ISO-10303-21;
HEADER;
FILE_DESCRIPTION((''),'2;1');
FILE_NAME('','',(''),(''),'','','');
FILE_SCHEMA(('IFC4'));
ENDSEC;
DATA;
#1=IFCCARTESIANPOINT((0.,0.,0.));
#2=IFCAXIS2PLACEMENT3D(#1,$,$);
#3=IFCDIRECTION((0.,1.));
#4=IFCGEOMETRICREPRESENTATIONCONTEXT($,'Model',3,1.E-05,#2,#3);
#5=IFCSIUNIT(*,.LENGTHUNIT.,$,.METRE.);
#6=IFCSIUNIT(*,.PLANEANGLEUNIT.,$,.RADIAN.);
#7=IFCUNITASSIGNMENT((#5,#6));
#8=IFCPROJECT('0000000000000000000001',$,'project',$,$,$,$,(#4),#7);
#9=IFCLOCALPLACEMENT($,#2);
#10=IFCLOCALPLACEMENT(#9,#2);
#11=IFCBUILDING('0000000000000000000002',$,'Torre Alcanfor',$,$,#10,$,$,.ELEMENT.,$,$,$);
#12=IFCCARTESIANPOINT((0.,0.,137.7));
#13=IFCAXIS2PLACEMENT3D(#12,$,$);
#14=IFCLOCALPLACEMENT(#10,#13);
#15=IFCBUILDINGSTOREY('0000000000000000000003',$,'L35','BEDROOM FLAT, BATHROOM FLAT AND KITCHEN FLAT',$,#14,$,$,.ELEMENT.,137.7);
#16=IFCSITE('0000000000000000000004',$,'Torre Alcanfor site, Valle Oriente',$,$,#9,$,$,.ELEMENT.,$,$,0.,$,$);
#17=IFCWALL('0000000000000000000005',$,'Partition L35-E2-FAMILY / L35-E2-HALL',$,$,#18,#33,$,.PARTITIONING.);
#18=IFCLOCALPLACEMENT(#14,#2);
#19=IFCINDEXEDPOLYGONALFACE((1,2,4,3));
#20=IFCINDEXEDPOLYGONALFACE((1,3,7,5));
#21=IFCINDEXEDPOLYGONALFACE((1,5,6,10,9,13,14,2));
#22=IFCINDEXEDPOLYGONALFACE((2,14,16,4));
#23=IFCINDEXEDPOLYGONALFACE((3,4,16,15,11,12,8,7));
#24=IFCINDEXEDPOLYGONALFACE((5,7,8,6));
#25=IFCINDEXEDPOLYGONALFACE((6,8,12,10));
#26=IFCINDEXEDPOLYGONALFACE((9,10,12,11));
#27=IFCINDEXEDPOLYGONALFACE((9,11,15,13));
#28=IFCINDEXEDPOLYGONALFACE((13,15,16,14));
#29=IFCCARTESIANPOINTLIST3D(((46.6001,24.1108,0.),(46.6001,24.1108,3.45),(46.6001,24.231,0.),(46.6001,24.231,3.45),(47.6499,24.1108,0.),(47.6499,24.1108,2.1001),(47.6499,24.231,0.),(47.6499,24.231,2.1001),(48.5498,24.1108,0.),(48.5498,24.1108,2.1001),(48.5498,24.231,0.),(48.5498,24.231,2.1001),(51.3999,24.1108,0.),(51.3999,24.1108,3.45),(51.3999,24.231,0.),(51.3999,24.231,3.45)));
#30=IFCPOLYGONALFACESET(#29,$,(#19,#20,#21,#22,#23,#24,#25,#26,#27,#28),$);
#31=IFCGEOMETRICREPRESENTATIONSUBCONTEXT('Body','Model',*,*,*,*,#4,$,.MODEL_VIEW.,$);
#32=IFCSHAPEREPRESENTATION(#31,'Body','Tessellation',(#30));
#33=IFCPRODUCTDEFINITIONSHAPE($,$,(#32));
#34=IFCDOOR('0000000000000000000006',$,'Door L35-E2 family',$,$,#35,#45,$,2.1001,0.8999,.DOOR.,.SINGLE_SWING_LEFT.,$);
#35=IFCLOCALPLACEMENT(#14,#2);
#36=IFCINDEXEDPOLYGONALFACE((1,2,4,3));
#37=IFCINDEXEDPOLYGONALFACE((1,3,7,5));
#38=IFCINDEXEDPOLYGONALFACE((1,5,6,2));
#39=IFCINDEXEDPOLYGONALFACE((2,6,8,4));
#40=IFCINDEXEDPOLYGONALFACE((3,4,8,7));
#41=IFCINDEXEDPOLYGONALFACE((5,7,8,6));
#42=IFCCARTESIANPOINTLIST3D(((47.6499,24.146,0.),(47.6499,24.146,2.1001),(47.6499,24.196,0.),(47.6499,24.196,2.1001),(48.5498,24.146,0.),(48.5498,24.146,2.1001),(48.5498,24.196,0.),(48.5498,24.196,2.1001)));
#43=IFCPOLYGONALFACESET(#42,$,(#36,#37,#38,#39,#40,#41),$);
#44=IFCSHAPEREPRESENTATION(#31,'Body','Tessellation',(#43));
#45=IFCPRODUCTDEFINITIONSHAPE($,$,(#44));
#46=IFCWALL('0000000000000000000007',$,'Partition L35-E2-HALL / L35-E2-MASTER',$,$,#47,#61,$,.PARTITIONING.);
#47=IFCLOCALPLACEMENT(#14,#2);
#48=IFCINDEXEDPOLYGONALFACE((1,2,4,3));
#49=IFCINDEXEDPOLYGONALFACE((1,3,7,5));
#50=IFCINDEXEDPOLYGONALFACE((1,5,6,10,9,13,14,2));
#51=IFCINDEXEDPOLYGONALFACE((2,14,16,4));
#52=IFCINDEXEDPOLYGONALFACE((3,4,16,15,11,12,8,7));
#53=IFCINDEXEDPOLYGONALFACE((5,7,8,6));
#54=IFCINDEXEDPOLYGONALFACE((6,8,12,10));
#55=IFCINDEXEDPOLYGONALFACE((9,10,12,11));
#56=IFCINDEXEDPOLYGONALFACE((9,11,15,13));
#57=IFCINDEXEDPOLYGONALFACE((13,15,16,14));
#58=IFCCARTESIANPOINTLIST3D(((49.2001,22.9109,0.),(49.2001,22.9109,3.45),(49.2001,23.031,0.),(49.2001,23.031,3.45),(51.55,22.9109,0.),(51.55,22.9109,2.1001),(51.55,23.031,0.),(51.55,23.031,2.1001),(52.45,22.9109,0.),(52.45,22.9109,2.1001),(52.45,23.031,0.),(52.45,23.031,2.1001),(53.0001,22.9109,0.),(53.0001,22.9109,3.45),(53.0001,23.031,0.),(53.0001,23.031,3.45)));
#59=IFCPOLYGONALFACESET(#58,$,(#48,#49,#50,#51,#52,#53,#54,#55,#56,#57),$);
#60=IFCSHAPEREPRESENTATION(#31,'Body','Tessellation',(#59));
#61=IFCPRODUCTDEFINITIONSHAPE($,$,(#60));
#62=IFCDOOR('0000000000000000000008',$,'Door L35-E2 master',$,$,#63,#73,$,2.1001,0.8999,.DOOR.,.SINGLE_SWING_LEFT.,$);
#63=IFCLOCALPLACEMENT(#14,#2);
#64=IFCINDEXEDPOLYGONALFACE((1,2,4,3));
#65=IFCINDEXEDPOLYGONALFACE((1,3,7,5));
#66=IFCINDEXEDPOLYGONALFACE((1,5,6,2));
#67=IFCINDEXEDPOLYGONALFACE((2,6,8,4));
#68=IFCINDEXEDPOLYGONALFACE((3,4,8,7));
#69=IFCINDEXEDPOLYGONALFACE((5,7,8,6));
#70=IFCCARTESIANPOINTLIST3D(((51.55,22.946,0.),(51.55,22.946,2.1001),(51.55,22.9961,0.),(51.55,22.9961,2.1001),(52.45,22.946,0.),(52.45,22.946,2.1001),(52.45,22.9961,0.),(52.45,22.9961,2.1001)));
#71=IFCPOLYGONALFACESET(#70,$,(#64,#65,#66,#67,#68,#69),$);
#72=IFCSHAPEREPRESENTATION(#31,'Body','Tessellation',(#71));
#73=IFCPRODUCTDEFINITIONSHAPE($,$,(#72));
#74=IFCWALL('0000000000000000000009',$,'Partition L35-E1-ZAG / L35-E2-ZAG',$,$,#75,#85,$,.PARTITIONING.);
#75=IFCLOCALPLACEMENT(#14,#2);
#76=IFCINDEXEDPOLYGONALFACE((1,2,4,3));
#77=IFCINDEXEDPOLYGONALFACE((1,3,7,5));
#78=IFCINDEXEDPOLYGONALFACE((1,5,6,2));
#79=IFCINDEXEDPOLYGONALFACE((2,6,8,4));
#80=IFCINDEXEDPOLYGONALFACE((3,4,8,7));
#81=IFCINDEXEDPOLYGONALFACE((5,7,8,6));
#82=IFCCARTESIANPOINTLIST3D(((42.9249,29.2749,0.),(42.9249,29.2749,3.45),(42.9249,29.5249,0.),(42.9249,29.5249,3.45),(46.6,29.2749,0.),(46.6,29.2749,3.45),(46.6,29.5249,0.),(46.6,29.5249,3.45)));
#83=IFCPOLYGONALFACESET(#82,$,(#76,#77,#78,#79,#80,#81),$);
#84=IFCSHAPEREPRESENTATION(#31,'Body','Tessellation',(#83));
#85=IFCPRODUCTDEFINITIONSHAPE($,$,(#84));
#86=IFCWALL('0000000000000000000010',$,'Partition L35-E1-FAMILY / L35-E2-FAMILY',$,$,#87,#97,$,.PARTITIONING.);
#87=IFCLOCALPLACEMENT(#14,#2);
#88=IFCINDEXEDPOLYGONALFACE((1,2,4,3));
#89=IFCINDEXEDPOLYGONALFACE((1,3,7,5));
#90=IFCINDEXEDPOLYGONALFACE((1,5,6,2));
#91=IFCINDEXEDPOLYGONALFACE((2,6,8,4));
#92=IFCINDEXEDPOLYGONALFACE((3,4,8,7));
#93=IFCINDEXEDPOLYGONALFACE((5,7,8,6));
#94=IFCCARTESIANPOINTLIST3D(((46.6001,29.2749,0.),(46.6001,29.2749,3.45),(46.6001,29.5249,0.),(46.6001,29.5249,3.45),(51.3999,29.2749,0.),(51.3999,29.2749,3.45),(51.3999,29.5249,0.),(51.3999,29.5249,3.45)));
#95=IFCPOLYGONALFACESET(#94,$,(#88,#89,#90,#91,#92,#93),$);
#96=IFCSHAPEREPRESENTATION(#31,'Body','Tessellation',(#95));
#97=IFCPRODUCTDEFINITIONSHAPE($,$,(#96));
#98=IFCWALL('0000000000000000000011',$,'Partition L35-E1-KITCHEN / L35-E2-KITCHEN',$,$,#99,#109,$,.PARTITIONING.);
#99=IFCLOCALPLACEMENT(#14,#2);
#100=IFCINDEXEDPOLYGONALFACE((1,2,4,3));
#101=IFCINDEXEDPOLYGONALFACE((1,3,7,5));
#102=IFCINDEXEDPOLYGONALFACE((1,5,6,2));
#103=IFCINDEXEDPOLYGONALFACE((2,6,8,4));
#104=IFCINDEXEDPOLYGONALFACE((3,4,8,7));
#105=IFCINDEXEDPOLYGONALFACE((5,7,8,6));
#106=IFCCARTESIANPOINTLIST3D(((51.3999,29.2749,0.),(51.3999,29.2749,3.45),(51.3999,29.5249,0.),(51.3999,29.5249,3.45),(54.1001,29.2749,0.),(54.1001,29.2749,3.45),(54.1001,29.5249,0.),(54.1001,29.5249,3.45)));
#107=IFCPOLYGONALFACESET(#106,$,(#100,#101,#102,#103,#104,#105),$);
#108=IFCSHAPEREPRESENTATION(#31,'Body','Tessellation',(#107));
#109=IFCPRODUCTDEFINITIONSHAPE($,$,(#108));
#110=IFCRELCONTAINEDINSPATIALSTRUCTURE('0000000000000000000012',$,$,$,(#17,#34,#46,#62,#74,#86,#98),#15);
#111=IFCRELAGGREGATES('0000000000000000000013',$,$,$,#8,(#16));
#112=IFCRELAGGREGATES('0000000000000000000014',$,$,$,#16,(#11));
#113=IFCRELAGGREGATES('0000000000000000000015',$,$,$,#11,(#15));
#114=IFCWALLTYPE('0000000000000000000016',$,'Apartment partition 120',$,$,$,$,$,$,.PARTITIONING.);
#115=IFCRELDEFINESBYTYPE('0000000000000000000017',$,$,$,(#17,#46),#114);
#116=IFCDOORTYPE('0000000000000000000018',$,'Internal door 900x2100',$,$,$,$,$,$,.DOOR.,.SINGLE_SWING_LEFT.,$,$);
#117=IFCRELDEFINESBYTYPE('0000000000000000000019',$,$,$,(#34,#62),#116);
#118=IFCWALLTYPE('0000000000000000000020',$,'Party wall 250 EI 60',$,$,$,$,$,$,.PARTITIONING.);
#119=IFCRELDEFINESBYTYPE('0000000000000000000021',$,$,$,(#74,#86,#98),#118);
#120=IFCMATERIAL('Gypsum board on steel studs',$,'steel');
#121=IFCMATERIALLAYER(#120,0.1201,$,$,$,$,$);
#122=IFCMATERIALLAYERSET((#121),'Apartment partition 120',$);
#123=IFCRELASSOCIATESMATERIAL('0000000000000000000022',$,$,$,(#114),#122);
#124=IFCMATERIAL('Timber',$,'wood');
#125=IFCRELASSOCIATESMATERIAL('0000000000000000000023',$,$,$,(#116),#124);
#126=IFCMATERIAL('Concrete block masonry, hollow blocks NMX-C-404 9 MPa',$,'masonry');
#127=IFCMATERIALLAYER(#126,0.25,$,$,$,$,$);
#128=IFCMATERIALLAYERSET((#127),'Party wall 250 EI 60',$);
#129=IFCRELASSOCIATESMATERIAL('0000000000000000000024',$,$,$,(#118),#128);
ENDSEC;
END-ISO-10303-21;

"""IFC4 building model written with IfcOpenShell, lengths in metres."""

from ifc_helpers import new_model, si_unit, direction, frame, frame_2d, origin, place, context, subcontext, project, spatial, rectangle, extrude, material, layer, layer_set, type_object, element, fill, save


model = new_model("IFC4")

# Units and contexts
model_context = context("Model", 3, precision=1e-05, world=origin(), true_north=direction((0.0, 1.0)))
body_context = subcontext(model_context, "Body", "Model", "MODEL_VIEW")
ifc_project = project(units=[si_unit("LENGTHUNIT", "METRE"), si_unit("PLANEANGLEUNIT", "RADIAN")], contexts=[model_context])

# Site, building, storey
site_placement = place(None, origin())
site = spatial("IfcSite", under=ifc_project, at=site_placement, Name="Torre Alcanfor site, Valle Oriente", CompositionType="ELEMENT", RefElevation=0.0)
building_placement = place(site_placement, origin())
building = spatial("IfcBuilding", under=site, at=building_placement, Name="Torre Alcanfor", CompositionType="ELEMENT")
storey_placement = place(building_placement, frame((0.0, 0.0, 137.7)))
storey = spatial("IfcBuildingStorey", under=building, at=storey_placement, Name="L35", Description="BEDROOM FLAT, BATHROOM FLAT AND KITCHEN FLAT", CompositionType="ELEMENT", Elevation=137.7)

# Shared definitions
ifc_material_1 = material(Name="Gypsum board on steel studs", Category="steel")
ifc_layer_1 = layer(ifc_material_1, 0.1201)
ifc_layer_set_1 = layer_set([ifc_layer_1], Name="Apartment partition 120")
wall_type_1 = type_object("IfcWallType", Name="Apartment partition 120", PredefinedType="PARTITIONING", material=ifc_layer_set_1)

# Walls, openings, doors
wall_1_placement = place(storey_placement, frame((51.3999, 24.1709, 0.0), z_axis=(0.0, 0.0, 1.0), x_axis=(-1.0, 0.0, 0.0)))
wall_1 = element("IfcWall", 1, at=wall_1_placement, inside=storey, type_object=wall_type_1, Name="Partition L35-E2-FAMILY / L35-E2-HALL", PredefinedType="PARTITIONING", context=body_context, shape_type="SweptSolid", body=[
    extrude(rectangle(XDim=4.7998, YDim=0.1201, at=frame_2d((2.3999, 0.0))), origin(), (0.0, 0.0, 1.0), 3.45),
])
opening_1_placement = place(wall_1_placement, frame((2.8501, 0.0, 0.0)))
opening_1 = element("IfcOpeningElement", 2, at=opening_1_placement, cuts=wall_1, PredefinedType="OPENING", context=body_context, shape_type="SweptSolid", body=[
    extrude(rectangle(XDim=0.8999, YDim=2.1001, at=frame_2d((0.45, 1.05))), frame((0.0, 0.0701, 0.0), z_axis=(0.0, -1.0, 0.0), x_axis=(1.0, 0.0, 0.0)), (0.0, 0.0, 1.0), 0.1401),
])
ifc_material_2 = material(Name="Timber", Category="wood")
door_type_1 = type_object("IfcDoorType", Name="Internal door 900x2100", OperationType="SINGLE_SWING_LEFT", PredefinedType="DOOR", material=ifc_material_2)
door_1_placement = place(opening_1_placement, frame((0.8999, 0.0, 0.0), z_axis=(0.0, 0.0, 1.0), x_axis=(-1.0, 0.0, 0.0)))
door_1 = element("IfcDoor", 3, at=door_1_placement, inside=storey, type_object=door_type_1, Name="Door L35-E2 family", OperationType="SINGLE_SWING_LEFT", OverallHeight=2.1001, OverallWidth=0.8999, PredefinedType="DOOR", context=body_context, shape_type="SweptSolid", body=[
    extrude(rectangle(XDim=0.8999, YDim=2.1001, at=frame_2d((0.45, 1.05))), frame((0.0, 0.0251, 0.0), z_axis=(0.0, -1.0, 0.0), x_axis=(1.0, 0.0, 0.0)), (0.0, 0.0, 1.0), 0.05),
])
fill(opening_1, door_1)
wall_2_placement = place(storey_placement, frame((53.0, 22.9709, 0.0), z_axis=(0.0, 0.0, 1.0), x_axis=(-1.0, 0.0, 0.0)))
wall_2 = element("IfcWall", 4, at=wall_2_placement, inside=storey, type_object=wall_type_1, Name="Partition L35-E2-HALL / L35-E2-MASTER", PredefinedType="PARTITIONING", context=body_context, shape_type="SweptSolid", body=[
    extrude(rectangle(XDim=3.8, YDim=0.1201, at=frame_2d((1.8999, 0.0))), origin(), (0.0, 0.0, 1.0), 3.45),
])
opening_2_placement = place(wall_2_placement, frame((0.55, 0.0, 0.0)))
opening_2 = element("IfcOpeningElement", 5, at=opening_2_placement, cuts=wall_2, PredefinedType="OPENING", context=body_context, shape_type="SweptSolid", body=[
    extrude(rectangle(XDim=0.8999, YDim=2.1001, at=frame_2d((0.45, 1.05))), frame((0.0, 0.0701, 0.0), z_axis=(0.0, -1.0, 0.0), x_axis=(1.0, 0.0, 0.0)), (0.0, 0.0, 1.0), 0.1401),
])
door_2_placement = place(opening_2_placement, origin())
door_2 = element("IfcDoor", 6, at=door_2_placement, inside=storey, type_object=door_type_1, Name="Door L35-E2 master", OperationType="SINGLE_SWING_LEFT", OverallHeight=2.1001, OverallWidth=0.8999, PredefinedType="DOOR", context=body_context, shape_type="SweptSolid", body=[
    extrude(rectangle(XDim=0.8999, YDim=2.1001, at=frame_2d((0.45, 1.05))), frame((0.0, 0.0249, 0.0), z_axis=(0.0, -1.0, 0.0), x_axis=(1.0, 0.0, 0.0)), (0.0, 0.0, 1.0), 0.05),
])
fill(opening_2, door_2)

# Walls
ifc_material_3 = material(Name="Concrete block masonry, hollow blocks NMX-C-404 9 MPa", Category="masonry")
ifc_layer_2 = layer(ifc_material_3, 0.25)
ifc_layer_set_2 = layer_set([ifc_layer_2], Name="Party wall 250 EI 60")
wall_type_2 = type_object("IfcWallType", Name="Party wall 250 EI 60", PredefinedType="PARTITIONING", material=ifc_layer_set_2)
wall_3_placement = place(storey_placement, frame((42.925, 29.3999, 0.0), z_axis=(0.0, 0.0, 1.0), x_axis=(1.0, 0.0, 0.0)))
element("IfcWall", 7, at=wall_3_placement, inside=storey, type_object=wall_type_2, Name="Partition L35-E1-ZAG / L35-E2-ZAG", PredefinedType="PARTITIONING", context=body_context, shape_type="SweptSolid", body=[
    extrude(rectangle(XDim=3.675, YDim=0.25, at=frame_2d((1.8374, 0.0))), origin(), (0.0, 0.0, 1.0), 3.45),
])
wall_4_placement = place(storey_placement, frame((46.6001, 29.3999, 0.0), z_axis=(0.0, 0.0, 1.0), x_axis=(1.0, 0.0, 0.0)))
element("IfcWall", 8, at=wall_4_placement, inside=storey, type_object=wall_type_2, Name="Partition L35-E1-FAMILY / L35-E2-FAMILY", PredefinedType="PARTITIONING", context=body_context, shape_type="SweptSolid", body=[
    extrude(rectangle(XDim=4.7998, YDim=0.25, at=frame_2d((2.3999, 0.0))), origin(), (0.0, 0.0, 1.0), 3.45),
])
wall_5_placement = place(storey_placement, frame((51.3999, 29.3999, 0.0), z_axis=(0.0, 0.0, 1.0), x_axis=(1.0, 0.0, 0.0)))
element("IfcWall", 9, at=wall_5_placement, inside=storey, type_object=wall_type_2, Name="Partition L35-E1-KITCHEN / L35-E2-KITCHEN", PredefinedType="PARTITIONING", context=body_context, shape_type="SweptSolid", body=[
    extrude(rectangle(XDim=2.7002, YDim=0.25, at=frame_2d((1.3501, 0.0))), origin(), (0.0, 0.0, 1.0), 3.45),
])

save(model, "model.ifc")
